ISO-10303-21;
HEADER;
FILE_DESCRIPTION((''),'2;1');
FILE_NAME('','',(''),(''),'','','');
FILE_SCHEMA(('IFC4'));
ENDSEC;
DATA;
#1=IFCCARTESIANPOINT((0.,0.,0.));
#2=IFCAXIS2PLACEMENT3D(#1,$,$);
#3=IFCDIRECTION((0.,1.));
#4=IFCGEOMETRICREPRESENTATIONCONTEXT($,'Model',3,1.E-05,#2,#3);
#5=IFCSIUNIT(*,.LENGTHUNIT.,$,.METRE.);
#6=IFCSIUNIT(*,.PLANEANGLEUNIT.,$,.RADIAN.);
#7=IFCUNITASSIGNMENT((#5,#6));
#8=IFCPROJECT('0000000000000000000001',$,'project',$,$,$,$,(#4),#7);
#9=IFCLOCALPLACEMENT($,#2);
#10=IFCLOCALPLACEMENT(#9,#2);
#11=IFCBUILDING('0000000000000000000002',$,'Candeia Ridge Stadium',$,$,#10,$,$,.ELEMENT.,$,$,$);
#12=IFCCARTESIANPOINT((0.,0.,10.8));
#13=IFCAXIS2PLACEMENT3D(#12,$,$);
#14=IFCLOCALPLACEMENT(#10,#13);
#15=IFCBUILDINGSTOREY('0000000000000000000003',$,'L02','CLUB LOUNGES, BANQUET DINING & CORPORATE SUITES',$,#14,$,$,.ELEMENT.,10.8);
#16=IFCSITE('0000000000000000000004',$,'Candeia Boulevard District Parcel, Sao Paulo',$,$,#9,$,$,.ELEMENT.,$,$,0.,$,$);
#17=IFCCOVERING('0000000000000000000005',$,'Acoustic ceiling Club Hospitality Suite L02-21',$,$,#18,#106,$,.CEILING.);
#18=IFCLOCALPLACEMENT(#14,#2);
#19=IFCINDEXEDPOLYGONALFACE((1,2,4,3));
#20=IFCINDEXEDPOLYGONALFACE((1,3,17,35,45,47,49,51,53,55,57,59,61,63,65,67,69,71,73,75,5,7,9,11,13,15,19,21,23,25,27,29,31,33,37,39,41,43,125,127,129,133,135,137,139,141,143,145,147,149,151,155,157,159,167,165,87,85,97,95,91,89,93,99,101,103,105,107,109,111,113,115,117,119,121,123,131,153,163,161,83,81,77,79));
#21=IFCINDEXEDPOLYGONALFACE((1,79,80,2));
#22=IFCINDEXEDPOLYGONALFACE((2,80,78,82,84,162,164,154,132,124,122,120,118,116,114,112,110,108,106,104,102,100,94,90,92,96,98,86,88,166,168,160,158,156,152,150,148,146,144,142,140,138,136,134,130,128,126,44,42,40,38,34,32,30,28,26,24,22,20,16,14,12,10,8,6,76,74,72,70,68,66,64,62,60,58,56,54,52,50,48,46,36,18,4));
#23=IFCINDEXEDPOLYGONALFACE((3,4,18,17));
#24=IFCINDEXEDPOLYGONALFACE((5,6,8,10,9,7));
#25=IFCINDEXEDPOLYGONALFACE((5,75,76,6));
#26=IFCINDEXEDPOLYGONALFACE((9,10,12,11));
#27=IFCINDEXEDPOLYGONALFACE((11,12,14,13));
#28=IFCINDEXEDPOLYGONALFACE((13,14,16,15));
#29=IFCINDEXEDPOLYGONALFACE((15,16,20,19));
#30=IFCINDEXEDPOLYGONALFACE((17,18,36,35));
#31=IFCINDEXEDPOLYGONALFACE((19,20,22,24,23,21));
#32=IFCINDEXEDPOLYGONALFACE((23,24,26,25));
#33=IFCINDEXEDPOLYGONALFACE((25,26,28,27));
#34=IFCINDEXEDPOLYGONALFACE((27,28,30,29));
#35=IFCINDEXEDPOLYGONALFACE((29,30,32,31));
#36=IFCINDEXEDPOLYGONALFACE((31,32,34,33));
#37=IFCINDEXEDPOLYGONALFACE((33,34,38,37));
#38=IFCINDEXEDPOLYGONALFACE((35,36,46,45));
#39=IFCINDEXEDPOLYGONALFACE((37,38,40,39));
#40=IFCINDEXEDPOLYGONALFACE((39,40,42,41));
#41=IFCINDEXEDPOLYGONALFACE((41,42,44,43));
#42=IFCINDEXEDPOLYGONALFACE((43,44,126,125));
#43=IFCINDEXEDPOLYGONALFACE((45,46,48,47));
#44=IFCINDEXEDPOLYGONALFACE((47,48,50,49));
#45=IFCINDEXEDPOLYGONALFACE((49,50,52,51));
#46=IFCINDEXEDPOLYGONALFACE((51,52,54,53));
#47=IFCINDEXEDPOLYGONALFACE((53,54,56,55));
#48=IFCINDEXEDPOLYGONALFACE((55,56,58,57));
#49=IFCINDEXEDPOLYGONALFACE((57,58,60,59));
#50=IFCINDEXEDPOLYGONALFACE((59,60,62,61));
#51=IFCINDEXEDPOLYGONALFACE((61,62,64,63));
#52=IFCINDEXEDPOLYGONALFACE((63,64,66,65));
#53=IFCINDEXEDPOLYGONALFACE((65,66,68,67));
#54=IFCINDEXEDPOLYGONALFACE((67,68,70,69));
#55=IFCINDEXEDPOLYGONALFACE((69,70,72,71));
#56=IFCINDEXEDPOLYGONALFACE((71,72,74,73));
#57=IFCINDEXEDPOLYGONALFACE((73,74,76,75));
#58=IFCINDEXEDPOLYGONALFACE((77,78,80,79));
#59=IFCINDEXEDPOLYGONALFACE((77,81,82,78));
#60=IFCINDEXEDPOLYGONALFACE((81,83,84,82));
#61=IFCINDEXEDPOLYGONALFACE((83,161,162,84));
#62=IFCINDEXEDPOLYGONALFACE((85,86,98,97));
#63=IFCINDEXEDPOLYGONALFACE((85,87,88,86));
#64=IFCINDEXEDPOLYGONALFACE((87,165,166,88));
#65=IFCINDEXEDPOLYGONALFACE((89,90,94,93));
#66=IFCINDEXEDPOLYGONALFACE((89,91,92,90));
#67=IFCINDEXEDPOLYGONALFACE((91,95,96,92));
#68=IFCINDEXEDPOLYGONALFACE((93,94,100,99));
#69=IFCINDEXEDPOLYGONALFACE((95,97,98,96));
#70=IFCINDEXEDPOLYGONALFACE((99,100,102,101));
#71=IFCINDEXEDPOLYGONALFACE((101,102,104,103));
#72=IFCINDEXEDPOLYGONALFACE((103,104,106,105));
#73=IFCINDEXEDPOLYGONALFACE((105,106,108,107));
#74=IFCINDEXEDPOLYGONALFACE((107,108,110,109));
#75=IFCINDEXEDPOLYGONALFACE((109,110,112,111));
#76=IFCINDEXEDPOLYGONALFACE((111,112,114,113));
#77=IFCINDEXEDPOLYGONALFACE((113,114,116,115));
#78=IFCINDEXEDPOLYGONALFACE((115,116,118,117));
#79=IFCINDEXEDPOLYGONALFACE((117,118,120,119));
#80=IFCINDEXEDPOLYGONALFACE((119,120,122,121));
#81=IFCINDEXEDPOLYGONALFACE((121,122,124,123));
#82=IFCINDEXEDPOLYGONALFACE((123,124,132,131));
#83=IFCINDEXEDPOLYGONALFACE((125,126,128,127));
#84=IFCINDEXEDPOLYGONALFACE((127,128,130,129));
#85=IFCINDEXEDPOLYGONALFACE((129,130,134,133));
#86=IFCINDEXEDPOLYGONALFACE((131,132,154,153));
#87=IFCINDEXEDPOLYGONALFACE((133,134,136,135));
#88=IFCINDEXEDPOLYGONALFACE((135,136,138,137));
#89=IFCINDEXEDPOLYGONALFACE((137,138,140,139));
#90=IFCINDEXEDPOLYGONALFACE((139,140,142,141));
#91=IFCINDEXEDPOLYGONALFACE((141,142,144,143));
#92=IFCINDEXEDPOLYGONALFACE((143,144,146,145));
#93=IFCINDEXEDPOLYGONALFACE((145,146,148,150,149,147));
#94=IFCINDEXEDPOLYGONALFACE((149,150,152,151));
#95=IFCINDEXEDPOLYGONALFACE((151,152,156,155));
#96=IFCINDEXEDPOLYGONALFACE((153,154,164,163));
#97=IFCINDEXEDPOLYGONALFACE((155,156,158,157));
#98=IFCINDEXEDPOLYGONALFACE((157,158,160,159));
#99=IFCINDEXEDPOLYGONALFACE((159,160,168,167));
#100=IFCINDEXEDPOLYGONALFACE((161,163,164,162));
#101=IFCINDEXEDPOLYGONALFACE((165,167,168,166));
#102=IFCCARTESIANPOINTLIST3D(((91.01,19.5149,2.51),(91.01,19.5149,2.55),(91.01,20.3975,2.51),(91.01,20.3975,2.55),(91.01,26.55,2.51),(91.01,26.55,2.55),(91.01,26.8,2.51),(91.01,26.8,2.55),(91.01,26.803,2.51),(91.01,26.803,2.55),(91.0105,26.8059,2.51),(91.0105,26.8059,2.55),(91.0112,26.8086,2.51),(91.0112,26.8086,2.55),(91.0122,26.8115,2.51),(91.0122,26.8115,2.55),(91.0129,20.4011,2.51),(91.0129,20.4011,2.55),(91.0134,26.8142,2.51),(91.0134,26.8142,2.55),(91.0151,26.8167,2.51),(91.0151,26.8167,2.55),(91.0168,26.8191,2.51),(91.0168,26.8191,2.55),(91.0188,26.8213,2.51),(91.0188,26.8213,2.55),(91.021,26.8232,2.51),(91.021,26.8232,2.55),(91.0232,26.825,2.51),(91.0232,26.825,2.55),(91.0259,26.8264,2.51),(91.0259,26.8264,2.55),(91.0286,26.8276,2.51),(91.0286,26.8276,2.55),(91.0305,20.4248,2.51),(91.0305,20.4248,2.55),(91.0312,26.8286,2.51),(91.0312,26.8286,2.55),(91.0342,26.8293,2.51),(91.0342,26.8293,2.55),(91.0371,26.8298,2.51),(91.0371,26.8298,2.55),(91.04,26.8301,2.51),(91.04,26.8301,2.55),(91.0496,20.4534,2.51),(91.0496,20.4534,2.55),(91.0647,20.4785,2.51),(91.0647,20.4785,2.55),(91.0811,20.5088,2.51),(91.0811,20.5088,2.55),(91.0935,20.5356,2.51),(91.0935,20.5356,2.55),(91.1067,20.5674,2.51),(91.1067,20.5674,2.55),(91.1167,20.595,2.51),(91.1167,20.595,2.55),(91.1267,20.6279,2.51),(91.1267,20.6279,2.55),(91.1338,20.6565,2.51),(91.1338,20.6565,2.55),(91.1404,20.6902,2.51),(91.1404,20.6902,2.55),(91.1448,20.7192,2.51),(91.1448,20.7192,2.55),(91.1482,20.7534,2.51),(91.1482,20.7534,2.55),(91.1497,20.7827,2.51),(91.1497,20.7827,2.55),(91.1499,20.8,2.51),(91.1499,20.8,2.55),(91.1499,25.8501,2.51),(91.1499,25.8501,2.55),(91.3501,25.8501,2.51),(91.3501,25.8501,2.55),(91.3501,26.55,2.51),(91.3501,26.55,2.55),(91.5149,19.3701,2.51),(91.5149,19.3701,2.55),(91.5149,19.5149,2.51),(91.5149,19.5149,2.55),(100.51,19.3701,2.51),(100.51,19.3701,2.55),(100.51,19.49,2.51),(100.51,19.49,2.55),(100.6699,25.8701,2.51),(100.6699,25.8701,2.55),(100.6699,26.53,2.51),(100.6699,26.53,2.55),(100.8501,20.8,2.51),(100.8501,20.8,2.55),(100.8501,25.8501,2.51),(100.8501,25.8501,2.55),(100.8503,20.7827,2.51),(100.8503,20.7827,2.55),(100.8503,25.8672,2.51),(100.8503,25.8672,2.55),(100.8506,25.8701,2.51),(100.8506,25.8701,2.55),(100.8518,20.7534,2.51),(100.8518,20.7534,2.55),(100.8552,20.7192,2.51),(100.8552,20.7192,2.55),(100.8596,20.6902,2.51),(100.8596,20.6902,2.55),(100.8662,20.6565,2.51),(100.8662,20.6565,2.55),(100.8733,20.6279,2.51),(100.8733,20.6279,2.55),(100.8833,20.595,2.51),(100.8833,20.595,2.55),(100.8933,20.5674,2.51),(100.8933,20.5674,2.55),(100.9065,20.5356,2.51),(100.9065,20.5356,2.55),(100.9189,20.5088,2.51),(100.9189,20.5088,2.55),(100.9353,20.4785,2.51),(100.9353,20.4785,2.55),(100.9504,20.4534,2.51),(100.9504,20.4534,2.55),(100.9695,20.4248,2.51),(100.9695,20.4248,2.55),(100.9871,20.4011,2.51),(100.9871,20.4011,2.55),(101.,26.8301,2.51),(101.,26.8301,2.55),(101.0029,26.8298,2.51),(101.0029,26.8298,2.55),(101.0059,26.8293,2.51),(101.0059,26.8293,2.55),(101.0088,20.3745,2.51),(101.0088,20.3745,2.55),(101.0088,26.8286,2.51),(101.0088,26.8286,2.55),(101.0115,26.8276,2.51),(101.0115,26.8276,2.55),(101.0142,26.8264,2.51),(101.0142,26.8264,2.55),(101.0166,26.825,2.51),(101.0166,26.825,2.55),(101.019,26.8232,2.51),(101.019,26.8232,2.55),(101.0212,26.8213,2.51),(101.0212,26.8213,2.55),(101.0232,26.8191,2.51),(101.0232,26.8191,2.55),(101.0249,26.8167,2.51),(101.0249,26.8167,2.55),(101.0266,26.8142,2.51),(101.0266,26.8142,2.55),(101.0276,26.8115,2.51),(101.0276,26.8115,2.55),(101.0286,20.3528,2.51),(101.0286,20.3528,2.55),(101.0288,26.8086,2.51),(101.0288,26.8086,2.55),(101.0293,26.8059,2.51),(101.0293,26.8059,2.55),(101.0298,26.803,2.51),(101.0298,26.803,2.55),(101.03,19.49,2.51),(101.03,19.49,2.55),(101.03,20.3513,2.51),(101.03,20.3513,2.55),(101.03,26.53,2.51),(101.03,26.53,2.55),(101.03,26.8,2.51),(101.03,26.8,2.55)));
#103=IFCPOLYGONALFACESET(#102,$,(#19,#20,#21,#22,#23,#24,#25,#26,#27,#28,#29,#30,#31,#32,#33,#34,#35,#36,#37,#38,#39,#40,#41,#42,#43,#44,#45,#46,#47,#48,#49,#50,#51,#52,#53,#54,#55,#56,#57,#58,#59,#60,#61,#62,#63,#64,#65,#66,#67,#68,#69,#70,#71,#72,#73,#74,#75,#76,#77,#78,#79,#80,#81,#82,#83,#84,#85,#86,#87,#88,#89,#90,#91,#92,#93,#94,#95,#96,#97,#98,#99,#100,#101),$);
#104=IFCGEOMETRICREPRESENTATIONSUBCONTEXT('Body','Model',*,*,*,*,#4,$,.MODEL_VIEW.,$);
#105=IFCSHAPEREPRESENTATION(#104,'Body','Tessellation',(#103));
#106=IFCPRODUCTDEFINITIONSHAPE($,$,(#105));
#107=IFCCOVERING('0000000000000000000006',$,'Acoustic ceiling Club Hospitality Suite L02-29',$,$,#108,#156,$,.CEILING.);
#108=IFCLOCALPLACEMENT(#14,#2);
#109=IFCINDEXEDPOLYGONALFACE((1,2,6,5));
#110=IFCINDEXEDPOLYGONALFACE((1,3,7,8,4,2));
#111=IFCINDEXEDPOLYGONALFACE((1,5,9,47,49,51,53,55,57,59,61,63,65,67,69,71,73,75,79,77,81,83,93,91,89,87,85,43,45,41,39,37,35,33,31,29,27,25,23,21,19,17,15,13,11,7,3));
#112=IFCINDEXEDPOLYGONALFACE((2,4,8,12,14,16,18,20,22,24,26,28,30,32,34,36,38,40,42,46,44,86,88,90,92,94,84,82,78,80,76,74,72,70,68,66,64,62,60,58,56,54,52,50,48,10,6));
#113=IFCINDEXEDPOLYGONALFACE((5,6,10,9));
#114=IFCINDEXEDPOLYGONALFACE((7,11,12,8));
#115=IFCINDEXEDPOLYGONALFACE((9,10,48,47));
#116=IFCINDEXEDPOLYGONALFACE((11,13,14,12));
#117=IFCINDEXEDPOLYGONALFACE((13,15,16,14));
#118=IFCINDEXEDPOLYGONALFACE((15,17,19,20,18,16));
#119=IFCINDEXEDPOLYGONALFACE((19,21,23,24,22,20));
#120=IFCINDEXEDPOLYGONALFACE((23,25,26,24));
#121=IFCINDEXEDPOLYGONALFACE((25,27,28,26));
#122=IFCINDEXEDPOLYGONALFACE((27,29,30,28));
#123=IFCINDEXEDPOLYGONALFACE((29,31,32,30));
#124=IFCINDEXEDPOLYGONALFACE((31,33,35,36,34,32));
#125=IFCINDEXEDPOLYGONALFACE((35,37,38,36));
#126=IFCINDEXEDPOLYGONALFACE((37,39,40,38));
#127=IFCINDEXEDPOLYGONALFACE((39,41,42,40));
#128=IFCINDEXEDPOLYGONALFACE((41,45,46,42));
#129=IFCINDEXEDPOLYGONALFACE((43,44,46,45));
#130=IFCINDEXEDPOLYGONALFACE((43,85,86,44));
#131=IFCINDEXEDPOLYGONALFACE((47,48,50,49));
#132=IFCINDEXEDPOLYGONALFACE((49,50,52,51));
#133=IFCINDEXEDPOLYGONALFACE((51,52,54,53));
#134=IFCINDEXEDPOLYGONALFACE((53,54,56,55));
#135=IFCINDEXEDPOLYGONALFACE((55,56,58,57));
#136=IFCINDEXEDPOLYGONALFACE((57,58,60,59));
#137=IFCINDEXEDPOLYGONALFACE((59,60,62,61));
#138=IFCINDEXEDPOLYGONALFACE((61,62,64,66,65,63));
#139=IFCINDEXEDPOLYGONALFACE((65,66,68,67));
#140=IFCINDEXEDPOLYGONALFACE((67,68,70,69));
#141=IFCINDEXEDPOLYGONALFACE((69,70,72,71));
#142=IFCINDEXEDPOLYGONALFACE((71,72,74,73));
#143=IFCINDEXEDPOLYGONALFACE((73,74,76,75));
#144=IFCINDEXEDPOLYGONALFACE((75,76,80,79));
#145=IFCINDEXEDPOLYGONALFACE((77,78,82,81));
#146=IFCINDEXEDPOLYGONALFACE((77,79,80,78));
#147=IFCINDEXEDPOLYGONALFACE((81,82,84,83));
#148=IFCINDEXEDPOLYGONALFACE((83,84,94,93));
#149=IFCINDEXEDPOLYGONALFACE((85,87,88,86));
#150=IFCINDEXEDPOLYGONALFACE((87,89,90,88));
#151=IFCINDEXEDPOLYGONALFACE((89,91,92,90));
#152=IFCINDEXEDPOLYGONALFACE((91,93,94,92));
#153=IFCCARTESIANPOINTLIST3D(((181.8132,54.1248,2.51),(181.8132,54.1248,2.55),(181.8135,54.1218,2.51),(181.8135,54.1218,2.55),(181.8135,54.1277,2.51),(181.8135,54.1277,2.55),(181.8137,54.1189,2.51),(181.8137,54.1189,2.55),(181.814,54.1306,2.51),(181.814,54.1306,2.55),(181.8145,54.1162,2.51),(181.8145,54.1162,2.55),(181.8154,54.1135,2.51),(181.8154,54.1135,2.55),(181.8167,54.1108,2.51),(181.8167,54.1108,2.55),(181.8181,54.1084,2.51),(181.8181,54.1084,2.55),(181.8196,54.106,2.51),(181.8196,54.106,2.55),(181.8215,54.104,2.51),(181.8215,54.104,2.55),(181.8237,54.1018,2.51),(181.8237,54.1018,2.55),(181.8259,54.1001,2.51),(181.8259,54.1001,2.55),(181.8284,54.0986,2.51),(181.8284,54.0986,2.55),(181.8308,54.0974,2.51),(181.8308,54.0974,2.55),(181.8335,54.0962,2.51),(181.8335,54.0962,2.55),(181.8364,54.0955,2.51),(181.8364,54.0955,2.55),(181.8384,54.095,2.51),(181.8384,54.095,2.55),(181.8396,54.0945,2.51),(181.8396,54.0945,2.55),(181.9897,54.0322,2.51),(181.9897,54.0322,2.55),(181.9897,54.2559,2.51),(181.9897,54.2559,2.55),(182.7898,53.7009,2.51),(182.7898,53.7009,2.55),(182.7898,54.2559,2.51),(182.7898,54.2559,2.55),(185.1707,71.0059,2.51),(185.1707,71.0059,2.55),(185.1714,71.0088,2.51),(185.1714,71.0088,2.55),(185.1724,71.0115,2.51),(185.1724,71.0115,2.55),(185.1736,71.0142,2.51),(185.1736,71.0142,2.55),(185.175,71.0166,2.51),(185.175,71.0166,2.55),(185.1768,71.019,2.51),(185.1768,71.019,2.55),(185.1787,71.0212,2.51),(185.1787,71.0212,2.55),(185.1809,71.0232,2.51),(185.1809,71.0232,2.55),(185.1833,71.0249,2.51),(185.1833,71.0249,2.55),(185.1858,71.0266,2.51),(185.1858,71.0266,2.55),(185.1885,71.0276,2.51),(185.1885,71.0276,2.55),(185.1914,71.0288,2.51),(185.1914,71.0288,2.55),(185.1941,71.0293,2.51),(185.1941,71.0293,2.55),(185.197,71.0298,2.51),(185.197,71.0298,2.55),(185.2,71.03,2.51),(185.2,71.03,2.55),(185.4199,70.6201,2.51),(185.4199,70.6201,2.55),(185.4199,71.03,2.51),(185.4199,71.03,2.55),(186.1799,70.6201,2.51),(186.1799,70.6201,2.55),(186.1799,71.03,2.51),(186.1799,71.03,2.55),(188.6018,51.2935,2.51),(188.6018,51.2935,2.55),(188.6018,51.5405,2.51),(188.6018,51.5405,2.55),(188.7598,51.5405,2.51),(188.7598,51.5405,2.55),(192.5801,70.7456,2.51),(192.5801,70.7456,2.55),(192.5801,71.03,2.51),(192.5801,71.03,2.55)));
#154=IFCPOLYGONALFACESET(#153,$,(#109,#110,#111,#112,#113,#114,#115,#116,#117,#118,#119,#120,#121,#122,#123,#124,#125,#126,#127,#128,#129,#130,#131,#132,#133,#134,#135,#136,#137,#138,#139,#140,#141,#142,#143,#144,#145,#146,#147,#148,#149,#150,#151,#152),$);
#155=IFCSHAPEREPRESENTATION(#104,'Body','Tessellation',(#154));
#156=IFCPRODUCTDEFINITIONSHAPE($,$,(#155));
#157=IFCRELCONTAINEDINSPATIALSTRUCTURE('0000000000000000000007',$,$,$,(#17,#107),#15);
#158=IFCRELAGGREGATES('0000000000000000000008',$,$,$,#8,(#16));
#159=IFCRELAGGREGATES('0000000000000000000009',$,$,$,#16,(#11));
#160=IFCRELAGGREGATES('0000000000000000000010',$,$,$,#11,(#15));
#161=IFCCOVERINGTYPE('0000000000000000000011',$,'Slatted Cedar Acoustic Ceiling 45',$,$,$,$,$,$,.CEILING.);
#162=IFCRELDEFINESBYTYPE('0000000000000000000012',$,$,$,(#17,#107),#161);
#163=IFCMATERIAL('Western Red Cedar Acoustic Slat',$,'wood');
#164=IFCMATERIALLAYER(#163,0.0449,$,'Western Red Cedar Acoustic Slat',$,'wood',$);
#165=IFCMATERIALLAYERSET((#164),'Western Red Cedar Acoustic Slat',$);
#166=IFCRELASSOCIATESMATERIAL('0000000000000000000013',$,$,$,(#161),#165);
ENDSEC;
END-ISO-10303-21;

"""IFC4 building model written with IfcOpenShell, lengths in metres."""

from ifc_helpers import new_model, si_unit, direction, frame, origin, place, context, subcontext, project, spatial, polyline, outline, extrude, material, layer, layer_set, type_object, element, save


model = new_model("IFC4")

# Units and contexts
model_context = context("Model", 3, precision=1e-05, world=origin(), true_north=direction((0.0, 1.0)))
body_context = subcontext(model_context, "Body", "Model", "MODEL_VIEW")
ifc_project = project(units=[si_unit("LENGTHUNIT", "METRE"), si_unit("PLANEANGLEUNIT", "RADIAN")], contexts=[model_context])

# Site, building, storey
site_placement = place(None, origin())
site = spatial("IfcSite", under=ifc_project, at=site_placement, Name="Candeia Boulevard District Parcel, Sao Paulo", CompositionType="ELEMENT", RefElevation=0.0)
building_placement = place(site_placement, origin())
building = spatial("IfcBuilding", under=site, at=building_placement, Name="Candeia Ridge Stadium", CompositionType="ELEMENT")
storey_placement = place(building_placement, frame((0.0, 0.0, 10.8)))
storey = spatial("IfcBuildingStorey", under=building, at=storey_placement, Name="L02", Description="CLUB LOUNGES, BANQUET DINING & CORPORATE SUITES", CompositionType="ELEMENT", Elevation=10.8)

# Coverings
ifc_material_1 = material(Name="Western Red Cedar Acoustic Slat", Category="wood")
ifc_layer_1 = layer(ifc_material_1, 0.0449, Name="Western Red Cedar Acoustic Slat", Category="wood")
ifc_layer_set_1 = layer_set([ifc_layer_1], Name="Western Red Cedar Acoustic Slat")
covering_type = type_object("IfcCoveringType", Name="Slatted Cedar Acoustic Ceiling 45", PredefinedType="CEILING", material=ifc_layer_set_1)
covering_1_placement = place(storey_placement, frame((0.0, 0.0, 2.51)))
element("IfcCovering", 1, at=covering_1_placement, inside=storey, type_object=covering_type, Name="Acoustic ceiling Club Hospitality Suite L02-21", PredefinedType="CEILING", context=body_context, shape_type="SweptSolid", body=[
    extrude(outline(polyline([(101.0059, 26.8293), (101.0088, 26.8286), (101.0115, 26.8276), (101.0142, 26.8264), (101.0166, 26.825), (101.019, 26.8232), (101.0212, 26.8213), (101.0232, 26.8191), (101.0249, 26.8167), (101.0266, 26.8142), (101.0276, 26.8115), (101.0288, 26.8086), (101.0293, 26.8059), (101.0298, 26.803), (101.03, 26.8), (101.03, 26.53), (100.6699, 26.53), (100.6699, 25.8701), (100.8506, 25.8701), (100.8503, 25.8672), (100.8501, 25.8501), (100.8501, 20.8), (100.8503, 20.7827), (100.8518, 20.7534), (100.8552, 20.7192), (100.8596, 20.6902), (100.8662, 20.6565), (100.8733, 20.6279), (100.8833, 20.595), (100.8933, 20.5674), (100.9065, 20.5356), (100.9189, 20.5088), (100.9353, 20.4785), (100.9504, 20.4534), (100.9695, 20.4248), (100.9871, 20.4011), (101.0088, 20.3745), (101.0286, 20.3528), (101.03, 20.3513), (101.03, 19.49), (100.51, 19.49), (100.51, 19.3701), (91.5149, 19.3701), (91.5149, 19.5149), (91.01, 19.5149), (91.01, 20.3975), (91.0129, 20.4011), (91.0305, 20.4248), (91.0496, 20.4534), (91.0647, 20.4785), (91.0811, 20.5088), (91.0935, 20.5356), (91.1067, 20.5674), (91.1167, 20.595), (91.1267, 20.6279), (91.1338, 20.6565), (91.1404, 20.6902), (91.1448, 20.7192), (91.1482, 20.7534), (91.1497, 20.7827), (91.1499, 20.8), (91.1499, 25.8501), (91.3501, 25.8501), (91.3501, 26.55), (91.01, 26.55), (91.01, 26.8), (91.01, 26.803), (91.0105, 26.8059), (91.0112, 26.8086), (91.0122, 26.8115), (91.0134, 26.8142), (91.0151, 26.8167), (91.0168, 26.8191), (91.0188, 26.8213), (91.021, 26.8232), (91.0232, 26.825), (91.0259, 26.8264), (91.0286, 26.8276), (91.0312, 26.8286), (91.0342, 26.8293), (91.0371, 26.8298), (91.04, 26.8301), (101.0, 26.8301), (101.0029, 26.8298), (101.0059, 26.8293)])), origin(), (0.0, 0.0, 1.0), 0.04),
])
covering_2_placement = place(storey_placement, frame((0.0, 0.0, 2.51)))
element("IfcCovering", 2, at=covering_2_placement, inside=storey, type_object=covering_type, Name="Acoustic ceiling Club Hospitality Suite L02-29", PredefinedType="CEILING", context=body_context, shape_type="SweptSolid", body=[
    extrude(outline(polyline([(185.1724, 71.0115), (185.1736, 71.0142), (185.175, 71.0166), (185.1768, 71.019), (185.1787, 71.0212), (185.1809, 71.0232), (185.1833, 71.0249), (185.1858, 71.0266), (185.1885, 71.0276), (185.1914, 71.0288), (185.1941, 71.0293), (185.197, 71.0298), (185.2, 71.03), (185.4199, 71.03), (185.4199, 70.6201), (186.1799, 70.6201), (186.1799, 71.03), (192.5801, 71.03), (192.5801, 70.7456), (188.7598, 51.5405), (188.6018, 51.5405), (188.6018, 51.2935), (182.7898, 53.7009), (182.7898, 54.2559), (181.9897, 54.2559), (181.9897, 54.0322), (181.8396, 54.0945), (181.8384, 54.095), (181.8364, 54.0955), (181.8335, 54.0962), (181.8308, 54.0974), (181.8284, 54.0986), (181.8259, 54.1001), (181.8237, 54.1018), (181.8215, 54.104), (181.8196, 54.106), (181.8181, 54.1084), (181.8167, 54.1108), (181.8154, 54.1135), (181.8145, 54.1162), (181.8137, 54.1189), (181.8135, 54.1218), (181.8132, 54.1248), (181.8135, 54.1277), (181.814, 54.1306), (185.1707, 71.0059), (185.1714, 71.0088), (185.1724, 71.0115)])), origin(), (0.0, 0.0, 1.0), 0.04),
])

save(model, "model.ifc")
